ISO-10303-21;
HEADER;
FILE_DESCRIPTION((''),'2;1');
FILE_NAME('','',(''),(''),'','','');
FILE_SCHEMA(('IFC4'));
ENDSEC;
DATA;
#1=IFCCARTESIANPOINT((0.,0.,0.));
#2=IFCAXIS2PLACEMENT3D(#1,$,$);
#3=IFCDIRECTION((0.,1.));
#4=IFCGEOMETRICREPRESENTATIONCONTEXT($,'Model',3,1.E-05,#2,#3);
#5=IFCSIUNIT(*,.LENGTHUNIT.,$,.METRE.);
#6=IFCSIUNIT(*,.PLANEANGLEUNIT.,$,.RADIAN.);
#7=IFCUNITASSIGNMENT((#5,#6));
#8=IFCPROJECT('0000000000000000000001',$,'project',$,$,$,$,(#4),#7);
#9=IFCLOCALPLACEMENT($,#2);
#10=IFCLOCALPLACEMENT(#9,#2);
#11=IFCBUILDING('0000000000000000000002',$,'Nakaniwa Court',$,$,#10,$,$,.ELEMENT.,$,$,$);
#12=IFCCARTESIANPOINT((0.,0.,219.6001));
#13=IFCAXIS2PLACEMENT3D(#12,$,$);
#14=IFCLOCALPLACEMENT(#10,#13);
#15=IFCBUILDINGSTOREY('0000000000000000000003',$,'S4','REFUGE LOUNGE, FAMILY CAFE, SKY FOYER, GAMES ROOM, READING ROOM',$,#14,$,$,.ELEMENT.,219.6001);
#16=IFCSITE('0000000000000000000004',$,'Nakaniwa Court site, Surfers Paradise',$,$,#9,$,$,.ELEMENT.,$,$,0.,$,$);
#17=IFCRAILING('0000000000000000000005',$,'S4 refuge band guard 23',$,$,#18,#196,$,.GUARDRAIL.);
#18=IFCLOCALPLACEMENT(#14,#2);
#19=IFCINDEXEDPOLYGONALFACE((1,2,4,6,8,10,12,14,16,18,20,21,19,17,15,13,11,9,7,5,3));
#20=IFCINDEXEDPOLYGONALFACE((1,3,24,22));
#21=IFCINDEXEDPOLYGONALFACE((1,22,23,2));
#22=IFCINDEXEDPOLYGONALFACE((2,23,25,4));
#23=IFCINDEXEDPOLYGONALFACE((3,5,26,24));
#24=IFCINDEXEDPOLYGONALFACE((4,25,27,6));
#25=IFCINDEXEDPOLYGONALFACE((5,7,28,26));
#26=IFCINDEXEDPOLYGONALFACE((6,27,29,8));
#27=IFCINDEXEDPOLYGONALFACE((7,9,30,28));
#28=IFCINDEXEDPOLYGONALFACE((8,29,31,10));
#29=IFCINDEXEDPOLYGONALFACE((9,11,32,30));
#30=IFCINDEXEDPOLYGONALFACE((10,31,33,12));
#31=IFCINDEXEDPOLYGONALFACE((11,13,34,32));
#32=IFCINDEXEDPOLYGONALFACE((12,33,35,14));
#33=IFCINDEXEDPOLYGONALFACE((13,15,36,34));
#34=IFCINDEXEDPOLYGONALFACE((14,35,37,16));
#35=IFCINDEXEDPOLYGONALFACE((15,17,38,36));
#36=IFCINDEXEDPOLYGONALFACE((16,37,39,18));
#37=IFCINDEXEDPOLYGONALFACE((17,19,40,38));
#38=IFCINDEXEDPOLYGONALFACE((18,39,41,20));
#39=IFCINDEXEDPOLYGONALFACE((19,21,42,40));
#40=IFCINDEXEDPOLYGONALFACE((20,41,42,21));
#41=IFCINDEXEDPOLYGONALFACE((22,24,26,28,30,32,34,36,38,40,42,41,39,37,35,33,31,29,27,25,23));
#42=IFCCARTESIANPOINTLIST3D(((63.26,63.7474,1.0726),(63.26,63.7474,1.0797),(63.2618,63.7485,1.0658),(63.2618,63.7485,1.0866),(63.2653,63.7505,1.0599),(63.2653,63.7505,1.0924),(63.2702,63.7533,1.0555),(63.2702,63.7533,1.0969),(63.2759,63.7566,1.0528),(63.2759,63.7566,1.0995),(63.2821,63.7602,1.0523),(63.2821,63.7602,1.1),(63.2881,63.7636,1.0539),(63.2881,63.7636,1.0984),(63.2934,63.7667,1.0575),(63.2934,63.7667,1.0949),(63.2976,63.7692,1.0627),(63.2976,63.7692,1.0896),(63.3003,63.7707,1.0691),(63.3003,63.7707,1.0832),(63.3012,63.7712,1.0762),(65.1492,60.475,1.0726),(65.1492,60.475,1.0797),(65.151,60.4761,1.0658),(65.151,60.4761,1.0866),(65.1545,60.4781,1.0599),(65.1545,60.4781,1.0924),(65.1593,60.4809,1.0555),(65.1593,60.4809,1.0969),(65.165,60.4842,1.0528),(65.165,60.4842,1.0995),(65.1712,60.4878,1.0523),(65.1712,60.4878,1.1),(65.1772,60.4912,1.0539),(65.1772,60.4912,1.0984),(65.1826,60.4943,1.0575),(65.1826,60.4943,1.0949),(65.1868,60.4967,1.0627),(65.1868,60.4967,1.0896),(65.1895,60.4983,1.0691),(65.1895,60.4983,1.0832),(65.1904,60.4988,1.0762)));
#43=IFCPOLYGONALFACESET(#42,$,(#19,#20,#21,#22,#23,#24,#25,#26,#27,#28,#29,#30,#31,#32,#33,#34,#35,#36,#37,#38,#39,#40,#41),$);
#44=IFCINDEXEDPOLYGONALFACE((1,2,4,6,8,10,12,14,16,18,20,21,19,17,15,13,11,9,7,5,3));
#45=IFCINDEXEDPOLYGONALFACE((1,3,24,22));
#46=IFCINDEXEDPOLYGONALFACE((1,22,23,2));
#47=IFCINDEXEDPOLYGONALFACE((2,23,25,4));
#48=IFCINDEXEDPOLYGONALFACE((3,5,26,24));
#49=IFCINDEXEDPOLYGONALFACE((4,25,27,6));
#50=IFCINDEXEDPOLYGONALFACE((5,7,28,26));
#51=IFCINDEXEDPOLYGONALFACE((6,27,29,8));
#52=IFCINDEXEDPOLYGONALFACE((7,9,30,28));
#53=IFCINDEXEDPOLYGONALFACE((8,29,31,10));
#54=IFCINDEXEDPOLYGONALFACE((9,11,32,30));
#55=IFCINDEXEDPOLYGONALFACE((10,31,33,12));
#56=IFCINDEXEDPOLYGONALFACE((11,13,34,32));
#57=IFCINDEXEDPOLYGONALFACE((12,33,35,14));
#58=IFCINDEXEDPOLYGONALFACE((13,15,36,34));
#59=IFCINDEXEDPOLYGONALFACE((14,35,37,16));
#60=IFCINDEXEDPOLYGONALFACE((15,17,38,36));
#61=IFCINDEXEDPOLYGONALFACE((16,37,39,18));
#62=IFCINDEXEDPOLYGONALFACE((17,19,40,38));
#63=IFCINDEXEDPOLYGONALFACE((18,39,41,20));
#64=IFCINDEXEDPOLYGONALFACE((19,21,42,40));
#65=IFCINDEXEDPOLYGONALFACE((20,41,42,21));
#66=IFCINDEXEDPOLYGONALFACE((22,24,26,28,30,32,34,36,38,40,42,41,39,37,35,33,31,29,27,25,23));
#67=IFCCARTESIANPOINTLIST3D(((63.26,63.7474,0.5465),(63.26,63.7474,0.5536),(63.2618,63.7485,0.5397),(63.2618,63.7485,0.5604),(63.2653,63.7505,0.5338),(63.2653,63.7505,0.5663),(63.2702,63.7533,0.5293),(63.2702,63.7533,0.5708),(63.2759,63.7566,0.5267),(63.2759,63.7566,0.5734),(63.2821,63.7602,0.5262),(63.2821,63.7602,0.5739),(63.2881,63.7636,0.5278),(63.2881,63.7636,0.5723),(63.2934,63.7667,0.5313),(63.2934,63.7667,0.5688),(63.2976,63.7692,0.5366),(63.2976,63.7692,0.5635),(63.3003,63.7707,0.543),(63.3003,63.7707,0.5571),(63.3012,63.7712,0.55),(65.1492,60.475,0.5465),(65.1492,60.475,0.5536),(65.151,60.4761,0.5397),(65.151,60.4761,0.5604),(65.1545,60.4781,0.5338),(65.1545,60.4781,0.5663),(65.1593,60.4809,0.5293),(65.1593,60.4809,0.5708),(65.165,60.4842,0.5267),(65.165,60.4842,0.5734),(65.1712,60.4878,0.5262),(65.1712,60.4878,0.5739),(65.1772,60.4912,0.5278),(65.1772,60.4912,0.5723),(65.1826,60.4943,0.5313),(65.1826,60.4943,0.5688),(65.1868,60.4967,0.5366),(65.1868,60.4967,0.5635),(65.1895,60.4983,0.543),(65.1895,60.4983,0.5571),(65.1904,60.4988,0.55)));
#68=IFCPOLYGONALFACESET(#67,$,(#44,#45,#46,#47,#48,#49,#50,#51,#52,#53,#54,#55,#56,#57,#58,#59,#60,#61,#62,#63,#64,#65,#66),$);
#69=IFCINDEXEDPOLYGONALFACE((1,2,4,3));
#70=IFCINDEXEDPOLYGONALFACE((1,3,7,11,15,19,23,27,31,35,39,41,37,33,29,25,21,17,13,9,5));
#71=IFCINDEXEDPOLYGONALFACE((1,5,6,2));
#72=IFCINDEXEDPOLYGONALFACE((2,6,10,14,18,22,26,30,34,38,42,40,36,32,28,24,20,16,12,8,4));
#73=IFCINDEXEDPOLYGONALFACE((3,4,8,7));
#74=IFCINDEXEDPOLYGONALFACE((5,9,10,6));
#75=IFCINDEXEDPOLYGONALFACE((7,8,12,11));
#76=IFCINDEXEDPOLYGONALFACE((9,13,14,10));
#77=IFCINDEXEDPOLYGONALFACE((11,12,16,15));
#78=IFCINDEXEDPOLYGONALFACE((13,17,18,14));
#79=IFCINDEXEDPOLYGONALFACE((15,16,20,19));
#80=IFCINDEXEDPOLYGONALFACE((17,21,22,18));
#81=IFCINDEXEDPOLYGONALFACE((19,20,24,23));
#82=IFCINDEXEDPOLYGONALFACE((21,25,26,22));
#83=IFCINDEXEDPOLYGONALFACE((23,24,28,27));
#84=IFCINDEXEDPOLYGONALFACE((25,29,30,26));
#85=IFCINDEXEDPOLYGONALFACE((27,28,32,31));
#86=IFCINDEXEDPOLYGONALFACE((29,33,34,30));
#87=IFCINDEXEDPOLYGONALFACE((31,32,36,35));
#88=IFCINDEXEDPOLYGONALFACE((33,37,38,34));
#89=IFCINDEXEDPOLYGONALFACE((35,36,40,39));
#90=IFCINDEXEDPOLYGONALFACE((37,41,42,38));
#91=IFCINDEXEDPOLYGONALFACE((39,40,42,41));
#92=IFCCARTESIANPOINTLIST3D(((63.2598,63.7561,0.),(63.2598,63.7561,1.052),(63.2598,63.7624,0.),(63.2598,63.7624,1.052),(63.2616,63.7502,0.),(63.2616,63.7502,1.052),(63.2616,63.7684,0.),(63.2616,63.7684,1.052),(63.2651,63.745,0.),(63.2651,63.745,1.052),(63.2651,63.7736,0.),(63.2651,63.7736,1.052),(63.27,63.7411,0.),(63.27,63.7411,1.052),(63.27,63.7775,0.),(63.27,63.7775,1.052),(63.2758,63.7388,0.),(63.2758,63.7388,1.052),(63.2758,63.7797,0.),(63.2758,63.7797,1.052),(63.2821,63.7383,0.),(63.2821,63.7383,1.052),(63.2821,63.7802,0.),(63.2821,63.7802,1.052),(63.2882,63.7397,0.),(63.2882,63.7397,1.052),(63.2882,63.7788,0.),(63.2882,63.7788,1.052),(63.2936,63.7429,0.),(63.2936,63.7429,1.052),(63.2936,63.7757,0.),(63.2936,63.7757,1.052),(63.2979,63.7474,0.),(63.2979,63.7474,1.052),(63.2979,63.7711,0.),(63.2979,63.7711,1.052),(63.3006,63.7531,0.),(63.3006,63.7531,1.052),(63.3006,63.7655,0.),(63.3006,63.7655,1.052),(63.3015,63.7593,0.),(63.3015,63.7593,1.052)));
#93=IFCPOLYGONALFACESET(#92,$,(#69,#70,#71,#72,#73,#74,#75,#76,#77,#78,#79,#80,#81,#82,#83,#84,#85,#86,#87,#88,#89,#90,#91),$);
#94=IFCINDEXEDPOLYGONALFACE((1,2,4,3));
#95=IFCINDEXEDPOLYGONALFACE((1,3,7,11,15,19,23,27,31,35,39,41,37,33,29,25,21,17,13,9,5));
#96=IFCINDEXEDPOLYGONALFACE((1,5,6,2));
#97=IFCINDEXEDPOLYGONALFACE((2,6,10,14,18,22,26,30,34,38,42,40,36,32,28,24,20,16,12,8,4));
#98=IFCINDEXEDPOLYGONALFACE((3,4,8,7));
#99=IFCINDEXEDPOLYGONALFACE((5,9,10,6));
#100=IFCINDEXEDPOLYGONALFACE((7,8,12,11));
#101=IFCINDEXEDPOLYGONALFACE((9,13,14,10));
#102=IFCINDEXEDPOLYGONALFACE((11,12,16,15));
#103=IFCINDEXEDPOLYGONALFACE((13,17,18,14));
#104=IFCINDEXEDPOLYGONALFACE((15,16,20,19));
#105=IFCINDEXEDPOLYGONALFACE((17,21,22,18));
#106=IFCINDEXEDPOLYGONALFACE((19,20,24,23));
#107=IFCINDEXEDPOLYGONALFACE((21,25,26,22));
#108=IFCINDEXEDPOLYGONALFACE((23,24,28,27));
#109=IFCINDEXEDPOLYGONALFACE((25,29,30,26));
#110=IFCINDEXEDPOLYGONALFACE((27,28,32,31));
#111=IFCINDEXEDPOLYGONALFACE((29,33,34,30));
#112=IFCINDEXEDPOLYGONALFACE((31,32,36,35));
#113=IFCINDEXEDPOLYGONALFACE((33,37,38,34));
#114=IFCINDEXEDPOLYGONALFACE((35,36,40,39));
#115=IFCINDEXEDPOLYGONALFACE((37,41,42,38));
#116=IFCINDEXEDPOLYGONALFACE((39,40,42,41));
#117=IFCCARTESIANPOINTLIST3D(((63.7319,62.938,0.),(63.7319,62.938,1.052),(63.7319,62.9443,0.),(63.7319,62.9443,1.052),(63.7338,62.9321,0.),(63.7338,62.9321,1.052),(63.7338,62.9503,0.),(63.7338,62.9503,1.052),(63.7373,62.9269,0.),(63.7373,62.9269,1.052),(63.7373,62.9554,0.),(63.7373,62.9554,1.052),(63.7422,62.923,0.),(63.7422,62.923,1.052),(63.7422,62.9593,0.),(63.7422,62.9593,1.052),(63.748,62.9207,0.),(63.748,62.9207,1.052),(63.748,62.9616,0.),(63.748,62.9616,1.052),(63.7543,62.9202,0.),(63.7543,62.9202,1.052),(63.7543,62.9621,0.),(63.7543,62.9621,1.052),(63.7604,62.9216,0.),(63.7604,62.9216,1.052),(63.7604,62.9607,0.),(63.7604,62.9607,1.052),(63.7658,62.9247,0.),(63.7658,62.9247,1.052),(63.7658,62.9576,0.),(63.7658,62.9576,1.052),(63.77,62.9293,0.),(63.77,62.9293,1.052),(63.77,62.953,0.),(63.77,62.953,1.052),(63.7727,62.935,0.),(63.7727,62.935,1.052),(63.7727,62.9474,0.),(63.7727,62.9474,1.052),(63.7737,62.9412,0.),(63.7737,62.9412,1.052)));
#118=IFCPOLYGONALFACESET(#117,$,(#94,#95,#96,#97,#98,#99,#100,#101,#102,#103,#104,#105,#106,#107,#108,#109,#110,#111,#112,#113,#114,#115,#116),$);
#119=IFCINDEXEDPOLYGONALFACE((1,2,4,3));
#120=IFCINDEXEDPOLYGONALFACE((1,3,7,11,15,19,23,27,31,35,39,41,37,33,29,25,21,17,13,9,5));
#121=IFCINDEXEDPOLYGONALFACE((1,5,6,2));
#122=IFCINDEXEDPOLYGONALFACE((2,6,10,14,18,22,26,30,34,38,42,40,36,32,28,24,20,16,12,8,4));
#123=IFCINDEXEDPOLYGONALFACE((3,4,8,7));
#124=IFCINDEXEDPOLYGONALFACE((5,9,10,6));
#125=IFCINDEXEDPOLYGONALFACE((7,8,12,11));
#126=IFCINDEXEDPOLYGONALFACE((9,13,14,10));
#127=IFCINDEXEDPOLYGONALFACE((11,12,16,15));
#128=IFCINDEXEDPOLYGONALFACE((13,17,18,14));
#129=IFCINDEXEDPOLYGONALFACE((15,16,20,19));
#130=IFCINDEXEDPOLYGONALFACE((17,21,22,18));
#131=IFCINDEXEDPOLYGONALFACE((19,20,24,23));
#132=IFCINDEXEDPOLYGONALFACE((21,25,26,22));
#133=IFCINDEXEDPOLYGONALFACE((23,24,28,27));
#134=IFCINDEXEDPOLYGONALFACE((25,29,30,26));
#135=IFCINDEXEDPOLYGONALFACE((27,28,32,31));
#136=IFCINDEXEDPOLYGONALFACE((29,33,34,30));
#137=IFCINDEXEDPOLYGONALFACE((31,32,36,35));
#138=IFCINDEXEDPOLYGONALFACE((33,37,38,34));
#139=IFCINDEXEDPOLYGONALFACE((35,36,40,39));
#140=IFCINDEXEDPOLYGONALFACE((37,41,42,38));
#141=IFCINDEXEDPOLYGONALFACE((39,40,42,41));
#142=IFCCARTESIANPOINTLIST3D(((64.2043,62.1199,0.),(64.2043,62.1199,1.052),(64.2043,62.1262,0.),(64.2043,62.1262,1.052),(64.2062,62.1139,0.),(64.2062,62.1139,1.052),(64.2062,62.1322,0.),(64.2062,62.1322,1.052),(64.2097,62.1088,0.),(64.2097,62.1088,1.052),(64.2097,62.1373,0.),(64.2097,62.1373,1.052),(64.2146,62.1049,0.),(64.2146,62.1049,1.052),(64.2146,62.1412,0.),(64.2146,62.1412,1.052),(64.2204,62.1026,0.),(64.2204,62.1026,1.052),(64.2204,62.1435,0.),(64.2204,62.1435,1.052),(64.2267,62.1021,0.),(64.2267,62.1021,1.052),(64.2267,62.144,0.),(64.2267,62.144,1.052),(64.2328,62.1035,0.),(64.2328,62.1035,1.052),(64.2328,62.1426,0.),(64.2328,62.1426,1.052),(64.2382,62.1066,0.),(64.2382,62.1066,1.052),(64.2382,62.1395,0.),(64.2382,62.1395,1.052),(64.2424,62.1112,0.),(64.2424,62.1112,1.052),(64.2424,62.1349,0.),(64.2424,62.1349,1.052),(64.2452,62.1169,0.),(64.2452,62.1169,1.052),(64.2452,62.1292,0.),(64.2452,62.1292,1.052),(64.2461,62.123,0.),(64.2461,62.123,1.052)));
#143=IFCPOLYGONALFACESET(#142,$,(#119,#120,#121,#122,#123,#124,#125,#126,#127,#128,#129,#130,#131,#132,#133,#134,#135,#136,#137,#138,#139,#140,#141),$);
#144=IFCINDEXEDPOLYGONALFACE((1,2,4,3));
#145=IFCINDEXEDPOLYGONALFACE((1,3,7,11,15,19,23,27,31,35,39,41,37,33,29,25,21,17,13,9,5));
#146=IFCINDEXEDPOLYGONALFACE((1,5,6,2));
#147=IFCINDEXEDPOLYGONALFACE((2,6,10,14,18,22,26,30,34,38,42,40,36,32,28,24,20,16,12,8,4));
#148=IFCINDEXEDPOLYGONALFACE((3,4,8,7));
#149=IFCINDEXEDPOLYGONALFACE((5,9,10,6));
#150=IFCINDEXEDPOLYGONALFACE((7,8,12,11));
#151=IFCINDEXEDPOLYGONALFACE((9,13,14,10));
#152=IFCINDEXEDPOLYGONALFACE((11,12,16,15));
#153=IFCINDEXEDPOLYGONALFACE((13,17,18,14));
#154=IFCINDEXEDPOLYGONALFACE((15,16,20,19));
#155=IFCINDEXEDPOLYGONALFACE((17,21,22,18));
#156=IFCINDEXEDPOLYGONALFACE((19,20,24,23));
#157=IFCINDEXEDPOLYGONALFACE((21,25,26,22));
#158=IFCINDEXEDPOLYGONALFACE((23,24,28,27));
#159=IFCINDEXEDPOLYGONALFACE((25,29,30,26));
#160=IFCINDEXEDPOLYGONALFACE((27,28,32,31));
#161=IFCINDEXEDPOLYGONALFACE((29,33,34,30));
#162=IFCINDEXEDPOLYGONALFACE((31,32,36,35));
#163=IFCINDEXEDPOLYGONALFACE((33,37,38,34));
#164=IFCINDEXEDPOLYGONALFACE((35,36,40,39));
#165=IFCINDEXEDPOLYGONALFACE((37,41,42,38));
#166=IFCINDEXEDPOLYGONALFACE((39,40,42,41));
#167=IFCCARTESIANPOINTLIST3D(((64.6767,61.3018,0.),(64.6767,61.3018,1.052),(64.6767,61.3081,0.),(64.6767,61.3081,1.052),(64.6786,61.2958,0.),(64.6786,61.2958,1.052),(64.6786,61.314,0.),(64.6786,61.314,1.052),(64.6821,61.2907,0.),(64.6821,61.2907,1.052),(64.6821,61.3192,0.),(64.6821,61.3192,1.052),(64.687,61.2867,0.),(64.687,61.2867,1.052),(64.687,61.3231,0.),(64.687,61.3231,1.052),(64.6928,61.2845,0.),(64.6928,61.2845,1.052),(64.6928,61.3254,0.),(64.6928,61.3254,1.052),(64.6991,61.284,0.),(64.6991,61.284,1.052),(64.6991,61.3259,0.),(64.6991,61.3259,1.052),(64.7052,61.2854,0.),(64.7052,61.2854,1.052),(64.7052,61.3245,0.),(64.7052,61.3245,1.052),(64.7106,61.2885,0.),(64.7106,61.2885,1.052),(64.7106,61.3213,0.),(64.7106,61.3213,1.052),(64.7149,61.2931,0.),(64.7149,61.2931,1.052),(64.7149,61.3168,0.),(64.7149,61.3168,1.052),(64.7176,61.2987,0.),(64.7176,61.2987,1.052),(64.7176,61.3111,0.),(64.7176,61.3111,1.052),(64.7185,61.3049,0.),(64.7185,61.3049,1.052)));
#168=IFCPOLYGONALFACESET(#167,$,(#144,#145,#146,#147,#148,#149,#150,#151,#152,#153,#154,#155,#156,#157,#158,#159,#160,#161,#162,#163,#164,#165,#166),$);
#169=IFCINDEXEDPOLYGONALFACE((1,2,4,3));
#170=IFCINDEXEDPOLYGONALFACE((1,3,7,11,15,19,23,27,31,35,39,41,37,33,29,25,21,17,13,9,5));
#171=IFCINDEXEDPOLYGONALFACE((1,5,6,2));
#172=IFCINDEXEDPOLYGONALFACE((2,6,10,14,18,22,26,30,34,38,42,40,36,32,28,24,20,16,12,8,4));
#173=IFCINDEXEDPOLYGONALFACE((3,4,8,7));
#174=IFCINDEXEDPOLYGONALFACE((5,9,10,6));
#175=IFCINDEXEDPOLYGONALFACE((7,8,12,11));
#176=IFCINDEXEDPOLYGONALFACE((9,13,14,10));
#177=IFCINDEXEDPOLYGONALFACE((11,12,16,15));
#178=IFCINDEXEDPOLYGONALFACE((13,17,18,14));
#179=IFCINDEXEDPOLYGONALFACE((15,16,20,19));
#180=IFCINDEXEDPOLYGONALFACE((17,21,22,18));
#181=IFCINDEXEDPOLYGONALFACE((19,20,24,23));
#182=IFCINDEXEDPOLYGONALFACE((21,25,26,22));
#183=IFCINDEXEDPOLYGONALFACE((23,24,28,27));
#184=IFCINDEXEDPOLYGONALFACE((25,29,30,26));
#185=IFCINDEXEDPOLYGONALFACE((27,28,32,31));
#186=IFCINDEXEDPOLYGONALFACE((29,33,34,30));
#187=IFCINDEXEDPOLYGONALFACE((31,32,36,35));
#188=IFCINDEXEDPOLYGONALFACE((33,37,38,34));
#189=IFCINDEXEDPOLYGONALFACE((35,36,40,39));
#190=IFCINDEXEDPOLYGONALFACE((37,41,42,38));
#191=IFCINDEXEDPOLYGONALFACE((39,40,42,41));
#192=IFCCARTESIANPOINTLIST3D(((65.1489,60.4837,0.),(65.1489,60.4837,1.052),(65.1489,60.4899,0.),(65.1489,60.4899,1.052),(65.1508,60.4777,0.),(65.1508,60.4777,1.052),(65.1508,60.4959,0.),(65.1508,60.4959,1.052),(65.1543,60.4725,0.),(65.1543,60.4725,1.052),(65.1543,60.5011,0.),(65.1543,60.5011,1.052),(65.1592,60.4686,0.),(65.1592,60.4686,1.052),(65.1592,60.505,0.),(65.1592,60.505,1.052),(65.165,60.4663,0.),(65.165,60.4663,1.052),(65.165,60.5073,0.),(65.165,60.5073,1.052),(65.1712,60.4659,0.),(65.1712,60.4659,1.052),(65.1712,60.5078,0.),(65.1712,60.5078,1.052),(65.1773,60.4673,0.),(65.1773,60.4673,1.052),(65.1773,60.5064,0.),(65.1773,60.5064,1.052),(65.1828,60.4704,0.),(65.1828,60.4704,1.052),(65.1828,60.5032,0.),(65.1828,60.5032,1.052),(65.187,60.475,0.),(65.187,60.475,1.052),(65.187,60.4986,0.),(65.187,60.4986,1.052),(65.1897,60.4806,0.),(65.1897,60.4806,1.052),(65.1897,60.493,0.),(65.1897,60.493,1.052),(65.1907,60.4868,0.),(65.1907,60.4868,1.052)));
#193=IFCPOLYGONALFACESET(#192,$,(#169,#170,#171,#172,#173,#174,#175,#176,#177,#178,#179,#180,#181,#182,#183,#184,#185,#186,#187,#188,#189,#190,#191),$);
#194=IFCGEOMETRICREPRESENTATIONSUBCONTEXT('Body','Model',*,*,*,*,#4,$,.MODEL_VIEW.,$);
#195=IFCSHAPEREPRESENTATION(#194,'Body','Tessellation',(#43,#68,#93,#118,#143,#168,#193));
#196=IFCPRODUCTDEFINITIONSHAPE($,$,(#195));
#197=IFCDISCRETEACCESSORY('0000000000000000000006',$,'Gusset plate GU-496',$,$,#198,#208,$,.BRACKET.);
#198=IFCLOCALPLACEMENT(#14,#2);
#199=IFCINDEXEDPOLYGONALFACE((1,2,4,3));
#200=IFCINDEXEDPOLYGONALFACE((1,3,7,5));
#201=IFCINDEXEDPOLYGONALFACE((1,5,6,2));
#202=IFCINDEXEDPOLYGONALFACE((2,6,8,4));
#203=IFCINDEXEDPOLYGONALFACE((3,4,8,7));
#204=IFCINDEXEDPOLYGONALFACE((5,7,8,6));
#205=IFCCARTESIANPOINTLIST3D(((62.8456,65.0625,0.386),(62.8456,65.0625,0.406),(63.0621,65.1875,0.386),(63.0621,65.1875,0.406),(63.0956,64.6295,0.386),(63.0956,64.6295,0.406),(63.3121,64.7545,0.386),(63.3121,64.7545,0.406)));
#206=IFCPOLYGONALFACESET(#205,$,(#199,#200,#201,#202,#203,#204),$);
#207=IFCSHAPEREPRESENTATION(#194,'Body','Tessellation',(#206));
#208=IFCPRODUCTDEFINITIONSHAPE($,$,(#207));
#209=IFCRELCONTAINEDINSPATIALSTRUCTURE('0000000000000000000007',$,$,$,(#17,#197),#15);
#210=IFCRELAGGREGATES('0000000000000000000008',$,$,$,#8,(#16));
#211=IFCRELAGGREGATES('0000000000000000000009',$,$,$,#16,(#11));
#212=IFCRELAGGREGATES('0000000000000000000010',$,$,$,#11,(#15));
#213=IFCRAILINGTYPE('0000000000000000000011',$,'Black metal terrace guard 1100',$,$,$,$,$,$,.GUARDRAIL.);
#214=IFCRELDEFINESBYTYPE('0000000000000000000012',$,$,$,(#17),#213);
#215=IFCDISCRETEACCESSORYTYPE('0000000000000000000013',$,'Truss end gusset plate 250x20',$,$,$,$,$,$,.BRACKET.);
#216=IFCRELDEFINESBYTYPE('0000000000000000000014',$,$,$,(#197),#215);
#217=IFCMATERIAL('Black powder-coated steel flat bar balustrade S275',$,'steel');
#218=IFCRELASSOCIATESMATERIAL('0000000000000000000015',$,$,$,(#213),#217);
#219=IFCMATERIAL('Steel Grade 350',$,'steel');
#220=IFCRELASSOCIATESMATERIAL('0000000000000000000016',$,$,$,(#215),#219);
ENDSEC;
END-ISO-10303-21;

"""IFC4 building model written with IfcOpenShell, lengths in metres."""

from ifc_helpers import new_model, si_unit, direction, frame, origin, origin_2d, place, context, subcontext, project, spatial, rectangle, circle, extrude, material, material_profile, profile_set, type_object, element, save


model = new_model("IFC4")

# Units and contexts
model_context = context("Model", 3, precision=1e-05, world=origin(), true_north=direction((0.0, 1.0)))
body_context = subcontext(model_context, "Body", "Model", "MODEL_VIEW")
ifc_project = project(units=[si_unit("LENGTHUNIT", "METRE"), si_unit("PLANEANGLEUNIT", "RADIAN")], contexts=[model_context])

# Site, building, storey
site_placement = place(None, origin())
site = spatial("IfcSite", under=ifc_project, at=site_placement, Name="Nakaniwa Court site, Surfers Paradise", CompositionType="ELEMENT", RefElevation=0.0)
building_placement = place(site_placement, origin())
building = spatial("IfcBuilding", under=site, at=building_placement, Name="Nakaniwa Court", CompositionType="ELEMENT")
storey_placement = place(building_placement, frame((0.0, 0.0, 219.6001)))
storey = spatial("IfcBuildingStorey", under=building, at=storey_placement, Name="S4", Description="REFUGE LOUNGE, FAMILY CAFE, SKY FOYER, GAMES ROOM, READING ROOM", CompositionType="ELEMENT", Elevation=219.6001)

# Shared definitions
ifc_material_1 = material(Name="Steel Grade 350", Category="steel")

# Railing
ifc_material_2 = material(Name="Black powder-coated steel flat bar balustrade S275", Category="steel")
railing_type = type_object("IfcRailingType", Name="Black metal terrace guard 1100", PredefinedType="GUARDRAIL", material=ifc_material_2)
railing_placement = place(storey_placement, frame((63.2805, 63.7593, 0.0)))
element("IfcRailing", 1, at=railing_placement, inside=storey, type_object=railing_type, Name="S4 refuge band guard 23", PredefinedType="GUARDRAIL", context=body_context, shape_type="SweptSolid", body=[
    extrude(circle(Radius=0.0239, at=origin_2d()), frame((0.0, 0.0, 1.0762), z_axis=(0.499961, -0.866048, 0.0), x_axis=(0.866048, 0.499961, 0.0)), (0.0, 0.0, 1.0), 3.7786),
    extrude(circle(Radius=0.0239, at=origin_2d()), frame((0.0, 0.0, 0.55), z_axis=(0.499961, -0.866048, 0.0), x_axis=(0.866048, 0.499961, 0.0)), (0.0, 0.0, 1.0), 3.7786),
    extrude(circle(Radius=0.021, at=origin_2d()), origin(), (0.0, 0.0, 1.0), 1.052),
    extrude(circle(Radius=0.021, at=origin_2d()), frame((0.4722, -0.8181, 0.0)), (0.0, 0.0, 1.0), 1.052),
    extrude(circle(Radius=0.021, at=origin_2d()), frame((0.9446, -1.6362, 0.0)), (0.0, 0.0, 1.0), 1.052),
    extrude(circle(Radius=0.021, at=origin_2d()), frame((1.417, -2.4543, 0.0)), (0.0, 0.0, 1.0), 1.052),
    extrude(circle(Radius=0.021, at=origin_2d()), frame((1.8892, -3.2725, 0.0)), (0.0, 0.0, 1.0), 1.052),
])

# Discrete accessory
ifc_material_profile_1 = material_profile(ifc_material_1, rectangle(XDim=0.25, YDim=0.02, at=origin_2d()), Name="Truss end gusset plate 250x20")
ifc_profile_set_1 = profile_set([ifc_material_profile_1], Name="Steel Grade 350")
discrete_accessory_type = type_object("IfcDiscreteAccessoryType", Name="Truss end gusset plate 250x20", PredefinedType="BRACKET", material=ifc_profile_set_1)
for number, where, z_axis, x_axis, name in (
    (2, (62.9539, 65.125, 0.396), (0.49992, -0.866072, 0.0), (0.866072, 0.49992, 0.0), "Gusset plate GU-496"),
):
    element("IfcDiscreteAccessory", number, at=place(storey_placement, frame(where, z_axis=z_axis, x_axis=x_axis)), inside=storey, type_object=discrete_accessory_type, Name=name, PredefinedType="BRACKET", context=body_context, shape_type="SweptSolid", body=[
        extrude(rectangle(XDim=0.25, YDim=0.02, at=origin_2d()), origin(), (0.0, 0.0, 1.0), 0.5),
    ])

save(model, "model.ifc")
